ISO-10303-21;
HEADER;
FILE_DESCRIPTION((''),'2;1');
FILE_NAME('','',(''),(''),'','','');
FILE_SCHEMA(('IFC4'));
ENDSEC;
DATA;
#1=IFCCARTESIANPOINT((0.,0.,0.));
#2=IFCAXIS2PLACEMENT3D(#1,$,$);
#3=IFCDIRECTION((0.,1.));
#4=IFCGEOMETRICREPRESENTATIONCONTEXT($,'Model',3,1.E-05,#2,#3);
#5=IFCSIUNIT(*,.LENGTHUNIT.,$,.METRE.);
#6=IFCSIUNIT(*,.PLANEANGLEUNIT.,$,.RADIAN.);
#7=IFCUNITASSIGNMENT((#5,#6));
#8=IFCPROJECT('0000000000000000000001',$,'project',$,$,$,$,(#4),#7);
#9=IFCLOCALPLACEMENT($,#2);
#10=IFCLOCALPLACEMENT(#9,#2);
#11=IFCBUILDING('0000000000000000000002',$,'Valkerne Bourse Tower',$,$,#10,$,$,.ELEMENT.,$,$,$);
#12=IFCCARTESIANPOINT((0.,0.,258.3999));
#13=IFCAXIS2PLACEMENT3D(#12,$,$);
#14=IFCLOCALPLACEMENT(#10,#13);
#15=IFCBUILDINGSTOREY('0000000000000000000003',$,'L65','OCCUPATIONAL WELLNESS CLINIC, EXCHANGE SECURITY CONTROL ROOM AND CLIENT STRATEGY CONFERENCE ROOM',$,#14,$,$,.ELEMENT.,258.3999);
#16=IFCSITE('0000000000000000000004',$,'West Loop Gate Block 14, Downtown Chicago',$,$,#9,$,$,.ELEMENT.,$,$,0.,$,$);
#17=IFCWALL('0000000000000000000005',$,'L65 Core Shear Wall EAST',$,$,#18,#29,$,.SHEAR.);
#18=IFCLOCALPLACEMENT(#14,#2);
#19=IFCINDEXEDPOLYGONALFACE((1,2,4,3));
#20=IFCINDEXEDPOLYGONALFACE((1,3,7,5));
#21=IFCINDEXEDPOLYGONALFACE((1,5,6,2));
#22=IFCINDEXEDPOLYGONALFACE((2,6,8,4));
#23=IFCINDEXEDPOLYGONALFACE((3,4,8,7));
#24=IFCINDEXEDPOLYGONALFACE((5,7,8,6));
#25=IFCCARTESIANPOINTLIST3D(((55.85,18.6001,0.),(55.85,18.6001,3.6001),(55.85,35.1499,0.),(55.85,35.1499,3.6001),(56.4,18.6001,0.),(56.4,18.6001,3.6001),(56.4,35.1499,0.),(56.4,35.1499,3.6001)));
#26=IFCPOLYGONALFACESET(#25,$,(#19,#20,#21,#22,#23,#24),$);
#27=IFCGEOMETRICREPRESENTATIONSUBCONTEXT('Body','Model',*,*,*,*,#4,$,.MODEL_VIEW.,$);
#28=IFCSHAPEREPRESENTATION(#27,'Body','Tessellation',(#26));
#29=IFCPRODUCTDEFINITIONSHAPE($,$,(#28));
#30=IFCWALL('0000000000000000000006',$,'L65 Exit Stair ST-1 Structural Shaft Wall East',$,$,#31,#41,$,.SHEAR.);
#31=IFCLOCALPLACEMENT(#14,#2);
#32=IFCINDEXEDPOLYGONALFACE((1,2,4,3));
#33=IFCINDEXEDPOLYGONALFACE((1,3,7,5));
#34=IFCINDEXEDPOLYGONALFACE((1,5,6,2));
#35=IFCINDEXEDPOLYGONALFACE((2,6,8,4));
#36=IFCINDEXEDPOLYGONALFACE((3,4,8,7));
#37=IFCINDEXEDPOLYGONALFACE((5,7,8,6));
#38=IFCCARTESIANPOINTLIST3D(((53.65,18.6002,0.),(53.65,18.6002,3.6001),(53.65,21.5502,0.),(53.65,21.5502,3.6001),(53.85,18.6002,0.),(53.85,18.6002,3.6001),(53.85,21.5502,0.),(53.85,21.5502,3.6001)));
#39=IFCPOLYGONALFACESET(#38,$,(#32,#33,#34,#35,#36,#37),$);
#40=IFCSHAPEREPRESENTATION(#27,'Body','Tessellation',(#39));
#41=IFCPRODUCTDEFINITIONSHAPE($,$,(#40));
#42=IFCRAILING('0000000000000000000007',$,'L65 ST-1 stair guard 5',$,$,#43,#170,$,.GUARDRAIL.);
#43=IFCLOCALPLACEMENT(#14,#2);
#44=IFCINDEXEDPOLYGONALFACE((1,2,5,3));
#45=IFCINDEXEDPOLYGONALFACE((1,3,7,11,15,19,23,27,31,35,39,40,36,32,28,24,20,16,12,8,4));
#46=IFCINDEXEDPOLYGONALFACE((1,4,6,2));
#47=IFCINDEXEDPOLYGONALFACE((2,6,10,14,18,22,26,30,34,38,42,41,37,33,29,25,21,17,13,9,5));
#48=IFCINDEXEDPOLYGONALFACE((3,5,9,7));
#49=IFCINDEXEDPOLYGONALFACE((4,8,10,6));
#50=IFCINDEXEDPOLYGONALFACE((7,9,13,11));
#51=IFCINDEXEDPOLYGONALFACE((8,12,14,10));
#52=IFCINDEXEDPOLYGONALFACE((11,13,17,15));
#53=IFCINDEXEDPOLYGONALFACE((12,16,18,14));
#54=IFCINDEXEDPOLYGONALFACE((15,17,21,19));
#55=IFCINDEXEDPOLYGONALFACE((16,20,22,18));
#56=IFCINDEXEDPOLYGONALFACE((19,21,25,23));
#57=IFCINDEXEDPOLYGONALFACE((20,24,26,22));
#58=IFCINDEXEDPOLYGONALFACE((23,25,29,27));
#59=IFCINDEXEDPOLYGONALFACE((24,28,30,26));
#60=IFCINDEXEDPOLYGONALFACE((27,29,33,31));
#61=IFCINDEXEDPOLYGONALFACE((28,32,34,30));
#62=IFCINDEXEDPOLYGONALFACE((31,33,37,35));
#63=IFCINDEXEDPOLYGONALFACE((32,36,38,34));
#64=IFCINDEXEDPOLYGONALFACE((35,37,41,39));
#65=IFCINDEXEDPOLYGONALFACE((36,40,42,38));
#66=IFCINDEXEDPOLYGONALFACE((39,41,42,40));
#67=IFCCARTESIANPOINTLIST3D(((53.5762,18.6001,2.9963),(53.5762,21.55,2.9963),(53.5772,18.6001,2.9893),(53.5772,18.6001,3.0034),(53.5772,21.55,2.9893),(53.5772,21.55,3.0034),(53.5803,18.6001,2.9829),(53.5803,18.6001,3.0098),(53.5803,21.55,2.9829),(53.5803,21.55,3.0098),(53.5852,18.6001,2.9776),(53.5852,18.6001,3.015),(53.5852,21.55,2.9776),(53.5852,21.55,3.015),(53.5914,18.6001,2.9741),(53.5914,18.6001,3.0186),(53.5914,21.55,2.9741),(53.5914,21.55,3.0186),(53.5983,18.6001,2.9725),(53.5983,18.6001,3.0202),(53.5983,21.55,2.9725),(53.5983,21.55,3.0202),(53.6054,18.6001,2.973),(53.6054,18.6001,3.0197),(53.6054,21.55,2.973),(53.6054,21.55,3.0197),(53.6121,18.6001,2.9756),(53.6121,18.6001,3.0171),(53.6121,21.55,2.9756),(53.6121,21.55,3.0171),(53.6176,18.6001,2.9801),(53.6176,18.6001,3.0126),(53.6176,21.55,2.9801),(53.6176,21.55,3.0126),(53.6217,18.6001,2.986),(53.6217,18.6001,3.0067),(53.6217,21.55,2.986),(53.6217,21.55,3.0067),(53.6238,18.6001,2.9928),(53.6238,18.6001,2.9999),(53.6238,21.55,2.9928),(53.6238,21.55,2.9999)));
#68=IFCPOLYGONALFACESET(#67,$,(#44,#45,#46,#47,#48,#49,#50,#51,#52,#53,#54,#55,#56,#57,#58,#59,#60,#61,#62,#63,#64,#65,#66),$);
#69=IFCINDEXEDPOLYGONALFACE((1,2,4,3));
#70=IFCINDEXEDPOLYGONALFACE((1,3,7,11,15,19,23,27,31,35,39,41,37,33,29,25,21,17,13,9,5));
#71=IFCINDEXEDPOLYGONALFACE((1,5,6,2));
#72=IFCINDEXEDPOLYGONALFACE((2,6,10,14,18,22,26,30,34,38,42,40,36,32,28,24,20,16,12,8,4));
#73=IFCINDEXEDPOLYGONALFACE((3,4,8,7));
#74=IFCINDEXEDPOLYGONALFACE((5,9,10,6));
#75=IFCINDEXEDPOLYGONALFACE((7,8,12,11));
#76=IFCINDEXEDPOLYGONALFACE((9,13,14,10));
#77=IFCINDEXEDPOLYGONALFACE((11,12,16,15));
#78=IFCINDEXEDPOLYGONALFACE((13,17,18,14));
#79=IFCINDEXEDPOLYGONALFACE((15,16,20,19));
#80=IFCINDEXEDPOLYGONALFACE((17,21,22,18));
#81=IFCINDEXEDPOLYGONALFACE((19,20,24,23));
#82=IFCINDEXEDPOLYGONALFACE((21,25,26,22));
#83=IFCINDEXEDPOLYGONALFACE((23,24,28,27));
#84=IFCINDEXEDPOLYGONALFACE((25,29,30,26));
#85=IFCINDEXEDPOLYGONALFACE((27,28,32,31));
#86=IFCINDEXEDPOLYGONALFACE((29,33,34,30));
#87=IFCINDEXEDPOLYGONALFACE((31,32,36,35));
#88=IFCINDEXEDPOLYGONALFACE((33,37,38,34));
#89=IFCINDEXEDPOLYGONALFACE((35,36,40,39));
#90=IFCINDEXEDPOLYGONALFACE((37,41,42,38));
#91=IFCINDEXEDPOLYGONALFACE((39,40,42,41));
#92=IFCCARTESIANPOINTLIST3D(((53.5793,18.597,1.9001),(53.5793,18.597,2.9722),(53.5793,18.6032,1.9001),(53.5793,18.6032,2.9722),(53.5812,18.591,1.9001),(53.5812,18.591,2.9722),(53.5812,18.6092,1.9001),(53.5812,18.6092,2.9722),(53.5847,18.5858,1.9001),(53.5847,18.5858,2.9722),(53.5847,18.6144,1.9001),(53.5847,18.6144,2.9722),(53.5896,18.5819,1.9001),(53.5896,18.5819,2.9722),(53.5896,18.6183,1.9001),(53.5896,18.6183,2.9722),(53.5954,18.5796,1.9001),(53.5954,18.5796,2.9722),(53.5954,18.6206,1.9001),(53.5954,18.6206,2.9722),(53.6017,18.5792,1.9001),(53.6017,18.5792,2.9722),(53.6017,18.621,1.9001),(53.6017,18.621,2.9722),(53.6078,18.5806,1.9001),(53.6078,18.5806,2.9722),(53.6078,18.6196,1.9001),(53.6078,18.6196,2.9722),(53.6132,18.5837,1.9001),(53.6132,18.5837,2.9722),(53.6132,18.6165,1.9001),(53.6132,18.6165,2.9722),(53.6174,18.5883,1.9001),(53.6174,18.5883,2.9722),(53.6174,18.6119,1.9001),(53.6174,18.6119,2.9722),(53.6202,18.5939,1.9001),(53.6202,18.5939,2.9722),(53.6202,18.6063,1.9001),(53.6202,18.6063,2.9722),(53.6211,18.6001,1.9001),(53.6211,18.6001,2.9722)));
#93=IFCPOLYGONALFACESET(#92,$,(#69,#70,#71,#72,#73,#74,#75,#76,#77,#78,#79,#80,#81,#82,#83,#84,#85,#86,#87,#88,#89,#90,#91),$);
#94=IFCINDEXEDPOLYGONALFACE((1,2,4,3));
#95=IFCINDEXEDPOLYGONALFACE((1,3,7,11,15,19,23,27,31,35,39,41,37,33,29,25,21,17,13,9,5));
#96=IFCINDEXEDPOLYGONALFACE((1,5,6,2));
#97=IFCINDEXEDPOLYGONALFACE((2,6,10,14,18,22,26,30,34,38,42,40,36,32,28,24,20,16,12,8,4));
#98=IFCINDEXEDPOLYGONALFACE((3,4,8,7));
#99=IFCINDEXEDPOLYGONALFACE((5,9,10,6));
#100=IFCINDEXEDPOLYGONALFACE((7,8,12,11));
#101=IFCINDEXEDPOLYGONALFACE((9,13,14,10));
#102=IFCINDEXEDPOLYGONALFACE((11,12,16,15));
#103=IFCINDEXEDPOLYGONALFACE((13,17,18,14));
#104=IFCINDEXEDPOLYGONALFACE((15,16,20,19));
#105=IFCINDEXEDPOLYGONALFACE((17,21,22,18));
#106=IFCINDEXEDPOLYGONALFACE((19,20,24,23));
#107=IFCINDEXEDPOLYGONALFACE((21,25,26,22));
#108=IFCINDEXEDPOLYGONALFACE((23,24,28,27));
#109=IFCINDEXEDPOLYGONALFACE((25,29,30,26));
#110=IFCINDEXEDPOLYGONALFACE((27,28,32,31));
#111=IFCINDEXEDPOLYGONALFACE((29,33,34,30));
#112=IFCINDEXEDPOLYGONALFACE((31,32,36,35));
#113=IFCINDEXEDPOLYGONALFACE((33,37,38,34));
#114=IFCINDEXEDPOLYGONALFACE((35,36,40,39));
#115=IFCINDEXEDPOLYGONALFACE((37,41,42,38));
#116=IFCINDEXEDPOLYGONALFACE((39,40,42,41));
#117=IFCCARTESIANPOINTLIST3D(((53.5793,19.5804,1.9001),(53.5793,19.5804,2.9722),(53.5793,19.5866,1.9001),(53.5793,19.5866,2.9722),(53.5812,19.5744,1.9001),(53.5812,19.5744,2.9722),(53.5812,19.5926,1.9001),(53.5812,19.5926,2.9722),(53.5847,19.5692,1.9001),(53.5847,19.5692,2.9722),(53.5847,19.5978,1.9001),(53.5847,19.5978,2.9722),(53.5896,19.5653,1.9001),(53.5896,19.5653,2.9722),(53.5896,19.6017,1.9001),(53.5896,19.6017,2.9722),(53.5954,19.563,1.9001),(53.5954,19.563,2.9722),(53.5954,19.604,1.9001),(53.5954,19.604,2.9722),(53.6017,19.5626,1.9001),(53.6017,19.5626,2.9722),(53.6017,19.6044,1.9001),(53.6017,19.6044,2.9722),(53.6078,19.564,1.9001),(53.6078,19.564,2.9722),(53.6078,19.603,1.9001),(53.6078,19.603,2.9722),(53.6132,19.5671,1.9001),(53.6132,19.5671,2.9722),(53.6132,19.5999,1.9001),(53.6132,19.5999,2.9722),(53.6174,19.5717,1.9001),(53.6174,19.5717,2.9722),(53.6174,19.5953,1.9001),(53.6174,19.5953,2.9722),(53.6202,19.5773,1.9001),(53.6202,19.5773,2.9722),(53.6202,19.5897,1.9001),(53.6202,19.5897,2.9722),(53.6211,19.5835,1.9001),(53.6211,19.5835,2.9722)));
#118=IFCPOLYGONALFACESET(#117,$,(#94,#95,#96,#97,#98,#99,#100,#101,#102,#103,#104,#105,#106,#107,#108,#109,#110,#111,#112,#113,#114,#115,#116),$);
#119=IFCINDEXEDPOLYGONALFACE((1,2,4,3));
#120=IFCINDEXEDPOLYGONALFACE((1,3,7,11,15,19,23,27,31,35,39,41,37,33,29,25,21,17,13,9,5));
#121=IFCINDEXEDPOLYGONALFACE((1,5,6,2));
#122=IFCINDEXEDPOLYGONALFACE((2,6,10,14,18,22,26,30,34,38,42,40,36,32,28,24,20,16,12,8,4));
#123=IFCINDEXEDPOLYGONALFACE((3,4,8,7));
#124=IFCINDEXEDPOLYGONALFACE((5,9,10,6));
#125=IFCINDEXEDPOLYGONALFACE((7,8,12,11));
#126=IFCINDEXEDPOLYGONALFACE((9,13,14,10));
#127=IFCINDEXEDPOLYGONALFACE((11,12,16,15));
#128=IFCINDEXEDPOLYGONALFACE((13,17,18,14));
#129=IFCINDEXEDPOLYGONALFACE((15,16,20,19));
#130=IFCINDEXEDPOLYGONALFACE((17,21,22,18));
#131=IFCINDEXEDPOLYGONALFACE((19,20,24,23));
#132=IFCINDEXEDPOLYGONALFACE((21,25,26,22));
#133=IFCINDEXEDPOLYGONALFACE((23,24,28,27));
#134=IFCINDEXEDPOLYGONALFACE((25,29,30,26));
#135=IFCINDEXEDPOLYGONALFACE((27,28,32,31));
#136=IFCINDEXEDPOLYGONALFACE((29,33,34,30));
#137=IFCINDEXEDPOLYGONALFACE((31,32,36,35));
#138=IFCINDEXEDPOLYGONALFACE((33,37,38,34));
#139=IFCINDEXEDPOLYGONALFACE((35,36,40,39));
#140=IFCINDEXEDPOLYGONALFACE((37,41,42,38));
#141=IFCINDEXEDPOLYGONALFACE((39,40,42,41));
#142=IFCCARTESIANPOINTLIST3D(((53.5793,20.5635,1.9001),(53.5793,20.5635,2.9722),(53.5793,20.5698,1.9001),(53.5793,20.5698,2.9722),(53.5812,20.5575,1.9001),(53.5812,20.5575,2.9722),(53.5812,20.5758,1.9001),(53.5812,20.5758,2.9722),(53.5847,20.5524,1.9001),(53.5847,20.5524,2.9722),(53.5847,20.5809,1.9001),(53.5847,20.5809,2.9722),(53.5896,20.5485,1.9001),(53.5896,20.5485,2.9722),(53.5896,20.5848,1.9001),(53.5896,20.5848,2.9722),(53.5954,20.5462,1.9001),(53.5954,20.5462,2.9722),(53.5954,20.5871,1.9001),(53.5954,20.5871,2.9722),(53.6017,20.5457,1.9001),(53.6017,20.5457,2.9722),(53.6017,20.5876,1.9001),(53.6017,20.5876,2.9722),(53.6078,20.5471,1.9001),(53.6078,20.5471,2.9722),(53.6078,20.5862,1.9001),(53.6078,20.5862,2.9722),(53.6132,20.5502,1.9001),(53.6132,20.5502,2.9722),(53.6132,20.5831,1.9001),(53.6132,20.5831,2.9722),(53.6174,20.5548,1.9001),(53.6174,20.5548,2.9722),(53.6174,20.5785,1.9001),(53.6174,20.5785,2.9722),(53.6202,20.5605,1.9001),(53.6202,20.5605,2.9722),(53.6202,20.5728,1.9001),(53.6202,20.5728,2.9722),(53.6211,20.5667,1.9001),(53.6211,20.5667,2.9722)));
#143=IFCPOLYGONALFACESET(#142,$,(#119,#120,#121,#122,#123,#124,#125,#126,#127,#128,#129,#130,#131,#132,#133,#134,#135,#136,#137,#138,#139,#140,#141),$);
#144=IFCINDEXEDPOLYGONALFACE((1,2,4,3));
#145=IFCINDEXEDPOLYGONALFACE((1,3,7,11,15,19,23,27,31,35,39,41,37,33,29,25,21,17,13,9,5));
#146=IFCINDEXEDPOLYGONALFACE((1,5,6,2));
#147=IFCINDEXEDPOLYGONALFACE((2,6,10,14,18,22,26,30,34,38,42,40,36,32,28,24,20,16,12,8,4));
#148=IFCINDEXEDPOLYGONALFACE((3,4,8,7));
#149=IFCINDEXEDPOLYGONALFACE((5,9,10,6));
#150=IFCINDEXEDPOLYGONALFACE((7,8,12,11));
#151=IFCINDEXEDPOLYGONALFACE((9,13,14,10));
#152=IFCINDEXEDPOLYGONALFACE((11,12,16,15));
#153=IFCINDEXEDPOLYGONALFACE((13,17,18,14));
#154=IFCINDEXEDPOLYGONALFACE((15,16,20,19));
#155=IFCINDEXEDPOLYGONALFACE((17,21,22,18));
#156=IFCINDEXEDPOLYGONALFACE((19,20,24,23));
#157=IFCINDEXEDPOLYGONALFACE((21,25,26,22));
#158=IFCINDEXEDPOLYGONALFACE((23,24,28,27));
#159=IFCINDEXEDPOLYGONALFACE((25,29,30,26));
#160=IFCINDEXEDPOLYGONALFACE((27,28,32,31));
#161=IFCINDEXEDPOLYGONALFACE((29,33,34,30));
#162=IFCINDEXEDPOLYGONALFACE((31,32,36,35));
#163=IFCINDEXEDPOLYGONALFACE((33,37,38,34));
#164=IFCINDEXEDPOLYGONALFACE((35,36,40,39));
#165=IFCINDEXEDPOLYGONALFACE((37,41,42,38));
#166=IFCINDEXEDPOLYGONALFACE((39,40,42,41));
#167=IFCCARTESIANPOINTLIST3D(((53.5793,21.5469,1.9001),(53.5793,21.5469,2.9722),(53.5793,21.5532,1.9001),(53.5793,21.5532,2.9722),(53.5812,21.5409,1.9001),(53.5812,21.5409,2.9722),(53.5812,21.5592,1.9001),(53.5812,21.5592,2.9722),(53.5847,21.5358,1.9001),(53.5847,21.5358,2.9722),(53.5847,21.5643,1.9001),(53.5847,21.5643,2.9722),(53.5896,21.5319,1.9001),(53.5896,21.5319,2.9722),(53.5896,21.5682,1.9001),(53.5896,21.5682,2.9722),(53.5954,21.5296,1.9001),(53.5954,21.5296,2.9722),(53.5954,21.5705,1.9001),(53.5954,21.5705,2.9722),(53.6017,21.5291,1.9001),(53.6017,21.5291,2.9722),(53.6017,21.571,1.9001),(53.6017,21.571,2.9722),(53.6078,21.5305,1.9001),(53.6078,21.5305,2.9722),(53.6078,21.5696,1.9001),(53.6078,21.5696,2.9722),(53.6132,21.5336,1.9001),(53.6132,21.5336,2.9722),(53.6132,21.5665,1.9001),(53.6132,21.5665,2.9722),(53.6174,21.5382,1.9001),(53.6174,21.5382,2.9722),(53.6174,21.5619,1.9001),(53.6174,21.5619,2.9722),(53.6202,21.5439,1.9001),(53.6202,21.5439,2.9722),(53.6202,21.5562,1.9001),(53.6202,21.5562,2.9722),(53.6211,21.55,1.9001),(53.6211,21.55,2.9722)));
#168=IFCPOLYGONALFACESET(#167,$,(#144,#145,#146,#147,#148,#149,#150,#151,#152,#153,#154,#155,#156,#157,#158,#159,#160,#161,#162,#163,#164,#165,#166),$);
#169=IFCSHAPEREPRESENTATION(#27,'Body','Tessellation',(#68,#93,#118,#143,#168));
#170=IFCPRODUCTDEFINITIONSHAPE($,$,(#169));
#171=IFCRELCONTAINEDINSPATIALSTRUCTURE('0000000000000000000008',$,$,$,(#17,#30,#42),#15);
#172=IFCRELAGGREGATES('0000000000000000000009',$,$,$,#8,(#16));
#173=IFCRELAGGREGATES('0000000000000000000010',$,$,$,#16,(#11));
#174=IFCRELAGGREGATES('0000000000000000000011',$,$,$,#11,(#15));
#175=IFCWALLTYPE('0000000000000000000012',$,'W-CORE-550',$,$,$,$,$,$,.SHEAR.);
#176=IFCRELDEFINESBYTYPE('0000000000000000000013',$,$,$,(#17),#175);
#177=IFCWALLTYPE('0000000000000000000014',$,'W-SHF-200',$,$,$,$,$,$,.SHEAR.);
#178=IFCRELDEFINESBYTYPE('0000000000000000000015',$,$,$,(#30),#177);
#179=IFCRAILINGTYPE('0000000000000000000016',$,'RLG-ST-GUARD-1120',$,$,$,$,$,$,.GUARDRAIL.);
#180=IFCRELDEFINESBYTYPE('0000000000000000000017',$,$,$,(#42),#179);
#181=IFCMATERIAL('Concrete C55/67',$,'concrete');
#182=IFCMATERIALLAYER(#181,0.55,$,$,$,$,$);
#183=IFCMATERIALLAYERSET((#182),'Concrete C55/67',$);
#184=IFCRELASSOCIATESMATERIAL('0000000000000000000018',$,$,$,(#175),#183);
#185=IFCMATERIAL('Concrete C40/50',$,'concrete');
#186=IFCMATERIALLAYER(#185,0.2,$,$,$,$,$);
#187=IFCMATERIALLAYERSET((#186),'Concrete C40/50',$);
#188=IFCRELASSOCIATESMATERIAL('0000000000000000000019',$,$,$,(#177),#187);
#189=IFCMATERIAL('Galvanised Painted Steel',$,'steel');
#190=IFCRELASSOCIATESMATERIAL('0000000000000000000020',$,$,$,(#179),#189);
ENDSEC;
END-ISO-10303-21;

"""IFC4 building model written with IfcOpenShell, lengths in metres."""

from ifc_helpers import new_model, si_unit, direction, frame, frame_2d, origin, origin_2d, place, context, subcontext, project, spatial, rectangle, circle, extrude, material, layer, layer_set, type_object, element, save


model = new_model("IFC4")

# Units and contexts
model_context = context("Model", 3, precision=1e-05, world=origin(), true_north=direction((0.0, 1.0)))
body_context = subcontext(model_context, "Body", "Model", "MODEL_VIEW")
ifc_project = project(units=[si_unit("LENGTHUNIT", "METRE"), si_unit("PLANEANGLEUNIT", "RADIAN")], contexts=[model_context])

# Site, building, storey
site_placement = place(None, origin())
site = spatial("IfcSite", under=ifc_project, at=site_placement, Name="West Loop Gate Block 14, Downtown Chicago", CompositionType="ELEMENT", RefElevation=0.0)
building_placement = place(site_placement, origin())
building = spatial("IfcBuilding", under=site, at=building_placement, Name="Valkerne Bourse Tower", CompositionType="ELEMENT")
storey_placement = place(building_placement, frame((0.0, 0.0, 258.3999)))
storey = spatial("IfcBuildingStorey", under=building, at=storey_placement, Name="L65", Description="OCCUPATIONAL WELLNESS CLINIC, EXCHANGE SECURITY CONTROL ROOM AND CLIENT STRATEGY CONFERENCE ROOM", CompositionType="ELEMENT", Elevation=258.3999)

# Walls
ifc_material_1 = material(Name="Concrete C55/67", Category="concrete")
ifc_layer_1 = layer(ifc_material_1, 0.55)
ifc_layer_set_1 = layer_set([ifc_layer_1], Name="Concrete C55/67")
wall_type_1 = type_object("IfcWallType", Name="W-CORE-550", PredefinedType="SHEAR", material=ifc_layer_set_1)
wall_1_placement = place(storey_placement, frame((56.125, 18.6001, 0.0), z_axis=(0.0, 0.0, 1.0), x_axis=(0.0, 1.0, 0.0)))
element("IfcWall", 1, at=wall_1_placement, inside=storey, type_object=wall_type_1, Name="L65 Core Shear Wall EAST", PredefinedType="SHEAR", context=body_context, shape_type="SweptSolid", body=[
    extrude(rectangle(XDim=16.5498, YDim=0.55, at=frame_2d((8.2749, 0.0))), origin(), (0.0, 0.0, 1.0), 3.6001),
])
ifc_material_2 = material(Name="Concrete C40/50", Category="concrete")
ifc_layer_2 = layer(ifc_material_2, 0.2)
ifc_layer_set_2 = layer_set([ifc_layer_2], Name="Concrete C40/50")
wall_type_2 = type_object("IfcWallType", Name="W-SHF-200", PredefinedType="SHEAR", material=ifc_layer_set_2)
wall_2_placement = place(storey_placement, frame((53.75, 18.6001, 0.0), z_axis=(0.0, 0.0, 1.0), x_axis=(0.0, 1.0, 0.0)))
element("IfcWall", 2, at=wall_2_placement, inside=storey, type_object=wall_type_2, Name="L65 Exit Stair ST-1 Structural Shaft Wall East", PredefinedType="SHEAR", context=body_context, shape_type="SweptSolid", body=[
    extrude(rectangle(XDim=2.95, YDim=0.2, at=frame_2d((1.4751, 0.0))), origin(), (0.0, 0.0, 1.0), 3.6001),
])

# Railing
ifc_material_3 = material(Name="Galvanised Painted Steel", Category="steel")
railing_type = type_object("IfcRailingType", Name="RLG-ST-GUARD-1120", PredefinedType="GUARDRAIL", material=ifc_material_3)
railing_1_placement = place(storey_placement, frame((53.6001, 18.6001, 1.9001)))
element("IfcRailing", 3, at=railing_1_placement, inside=storey, type_object=railing_type, Name="L65 ST-1 stair guard 5", PredefinedType="GUARDRAIL", context=body_context, shape_type="SweptSolid", body=[
    extrude(circle(Radius=0.0239, at=origin_2d()), frame((0.0, 0.0, 1.0962), z_axis=(0.0, 1.0, 0.0), x_axis=(-1.0, 0.0, 0.0)), (0.0, 0.0, 1.0), 2.95),
    extrude(circle(Radius=0.021, at=origin_2d()), origin(), (0.0, 0.0, 1.0), 1.072),
    extrude(circle(Radius=0.021, at=origin_2d()), frame((0.0, 0.9834, 0.0)), (0.0, 0.0, 1.0), 1.072),
    extrude(circle(Radius=0.021, at=origin_2d()), frame((0.0, 1.9666, 0.0)), (0.0, 0.0, 1.0), 1.072),
    extrude(circle(Radius=0.021, at=origin_2d()), frame((0.0, 2.95, 0.0)), (0.0, 0.0, 1.0), 1.072),
])

save(model, "model.ifc")
